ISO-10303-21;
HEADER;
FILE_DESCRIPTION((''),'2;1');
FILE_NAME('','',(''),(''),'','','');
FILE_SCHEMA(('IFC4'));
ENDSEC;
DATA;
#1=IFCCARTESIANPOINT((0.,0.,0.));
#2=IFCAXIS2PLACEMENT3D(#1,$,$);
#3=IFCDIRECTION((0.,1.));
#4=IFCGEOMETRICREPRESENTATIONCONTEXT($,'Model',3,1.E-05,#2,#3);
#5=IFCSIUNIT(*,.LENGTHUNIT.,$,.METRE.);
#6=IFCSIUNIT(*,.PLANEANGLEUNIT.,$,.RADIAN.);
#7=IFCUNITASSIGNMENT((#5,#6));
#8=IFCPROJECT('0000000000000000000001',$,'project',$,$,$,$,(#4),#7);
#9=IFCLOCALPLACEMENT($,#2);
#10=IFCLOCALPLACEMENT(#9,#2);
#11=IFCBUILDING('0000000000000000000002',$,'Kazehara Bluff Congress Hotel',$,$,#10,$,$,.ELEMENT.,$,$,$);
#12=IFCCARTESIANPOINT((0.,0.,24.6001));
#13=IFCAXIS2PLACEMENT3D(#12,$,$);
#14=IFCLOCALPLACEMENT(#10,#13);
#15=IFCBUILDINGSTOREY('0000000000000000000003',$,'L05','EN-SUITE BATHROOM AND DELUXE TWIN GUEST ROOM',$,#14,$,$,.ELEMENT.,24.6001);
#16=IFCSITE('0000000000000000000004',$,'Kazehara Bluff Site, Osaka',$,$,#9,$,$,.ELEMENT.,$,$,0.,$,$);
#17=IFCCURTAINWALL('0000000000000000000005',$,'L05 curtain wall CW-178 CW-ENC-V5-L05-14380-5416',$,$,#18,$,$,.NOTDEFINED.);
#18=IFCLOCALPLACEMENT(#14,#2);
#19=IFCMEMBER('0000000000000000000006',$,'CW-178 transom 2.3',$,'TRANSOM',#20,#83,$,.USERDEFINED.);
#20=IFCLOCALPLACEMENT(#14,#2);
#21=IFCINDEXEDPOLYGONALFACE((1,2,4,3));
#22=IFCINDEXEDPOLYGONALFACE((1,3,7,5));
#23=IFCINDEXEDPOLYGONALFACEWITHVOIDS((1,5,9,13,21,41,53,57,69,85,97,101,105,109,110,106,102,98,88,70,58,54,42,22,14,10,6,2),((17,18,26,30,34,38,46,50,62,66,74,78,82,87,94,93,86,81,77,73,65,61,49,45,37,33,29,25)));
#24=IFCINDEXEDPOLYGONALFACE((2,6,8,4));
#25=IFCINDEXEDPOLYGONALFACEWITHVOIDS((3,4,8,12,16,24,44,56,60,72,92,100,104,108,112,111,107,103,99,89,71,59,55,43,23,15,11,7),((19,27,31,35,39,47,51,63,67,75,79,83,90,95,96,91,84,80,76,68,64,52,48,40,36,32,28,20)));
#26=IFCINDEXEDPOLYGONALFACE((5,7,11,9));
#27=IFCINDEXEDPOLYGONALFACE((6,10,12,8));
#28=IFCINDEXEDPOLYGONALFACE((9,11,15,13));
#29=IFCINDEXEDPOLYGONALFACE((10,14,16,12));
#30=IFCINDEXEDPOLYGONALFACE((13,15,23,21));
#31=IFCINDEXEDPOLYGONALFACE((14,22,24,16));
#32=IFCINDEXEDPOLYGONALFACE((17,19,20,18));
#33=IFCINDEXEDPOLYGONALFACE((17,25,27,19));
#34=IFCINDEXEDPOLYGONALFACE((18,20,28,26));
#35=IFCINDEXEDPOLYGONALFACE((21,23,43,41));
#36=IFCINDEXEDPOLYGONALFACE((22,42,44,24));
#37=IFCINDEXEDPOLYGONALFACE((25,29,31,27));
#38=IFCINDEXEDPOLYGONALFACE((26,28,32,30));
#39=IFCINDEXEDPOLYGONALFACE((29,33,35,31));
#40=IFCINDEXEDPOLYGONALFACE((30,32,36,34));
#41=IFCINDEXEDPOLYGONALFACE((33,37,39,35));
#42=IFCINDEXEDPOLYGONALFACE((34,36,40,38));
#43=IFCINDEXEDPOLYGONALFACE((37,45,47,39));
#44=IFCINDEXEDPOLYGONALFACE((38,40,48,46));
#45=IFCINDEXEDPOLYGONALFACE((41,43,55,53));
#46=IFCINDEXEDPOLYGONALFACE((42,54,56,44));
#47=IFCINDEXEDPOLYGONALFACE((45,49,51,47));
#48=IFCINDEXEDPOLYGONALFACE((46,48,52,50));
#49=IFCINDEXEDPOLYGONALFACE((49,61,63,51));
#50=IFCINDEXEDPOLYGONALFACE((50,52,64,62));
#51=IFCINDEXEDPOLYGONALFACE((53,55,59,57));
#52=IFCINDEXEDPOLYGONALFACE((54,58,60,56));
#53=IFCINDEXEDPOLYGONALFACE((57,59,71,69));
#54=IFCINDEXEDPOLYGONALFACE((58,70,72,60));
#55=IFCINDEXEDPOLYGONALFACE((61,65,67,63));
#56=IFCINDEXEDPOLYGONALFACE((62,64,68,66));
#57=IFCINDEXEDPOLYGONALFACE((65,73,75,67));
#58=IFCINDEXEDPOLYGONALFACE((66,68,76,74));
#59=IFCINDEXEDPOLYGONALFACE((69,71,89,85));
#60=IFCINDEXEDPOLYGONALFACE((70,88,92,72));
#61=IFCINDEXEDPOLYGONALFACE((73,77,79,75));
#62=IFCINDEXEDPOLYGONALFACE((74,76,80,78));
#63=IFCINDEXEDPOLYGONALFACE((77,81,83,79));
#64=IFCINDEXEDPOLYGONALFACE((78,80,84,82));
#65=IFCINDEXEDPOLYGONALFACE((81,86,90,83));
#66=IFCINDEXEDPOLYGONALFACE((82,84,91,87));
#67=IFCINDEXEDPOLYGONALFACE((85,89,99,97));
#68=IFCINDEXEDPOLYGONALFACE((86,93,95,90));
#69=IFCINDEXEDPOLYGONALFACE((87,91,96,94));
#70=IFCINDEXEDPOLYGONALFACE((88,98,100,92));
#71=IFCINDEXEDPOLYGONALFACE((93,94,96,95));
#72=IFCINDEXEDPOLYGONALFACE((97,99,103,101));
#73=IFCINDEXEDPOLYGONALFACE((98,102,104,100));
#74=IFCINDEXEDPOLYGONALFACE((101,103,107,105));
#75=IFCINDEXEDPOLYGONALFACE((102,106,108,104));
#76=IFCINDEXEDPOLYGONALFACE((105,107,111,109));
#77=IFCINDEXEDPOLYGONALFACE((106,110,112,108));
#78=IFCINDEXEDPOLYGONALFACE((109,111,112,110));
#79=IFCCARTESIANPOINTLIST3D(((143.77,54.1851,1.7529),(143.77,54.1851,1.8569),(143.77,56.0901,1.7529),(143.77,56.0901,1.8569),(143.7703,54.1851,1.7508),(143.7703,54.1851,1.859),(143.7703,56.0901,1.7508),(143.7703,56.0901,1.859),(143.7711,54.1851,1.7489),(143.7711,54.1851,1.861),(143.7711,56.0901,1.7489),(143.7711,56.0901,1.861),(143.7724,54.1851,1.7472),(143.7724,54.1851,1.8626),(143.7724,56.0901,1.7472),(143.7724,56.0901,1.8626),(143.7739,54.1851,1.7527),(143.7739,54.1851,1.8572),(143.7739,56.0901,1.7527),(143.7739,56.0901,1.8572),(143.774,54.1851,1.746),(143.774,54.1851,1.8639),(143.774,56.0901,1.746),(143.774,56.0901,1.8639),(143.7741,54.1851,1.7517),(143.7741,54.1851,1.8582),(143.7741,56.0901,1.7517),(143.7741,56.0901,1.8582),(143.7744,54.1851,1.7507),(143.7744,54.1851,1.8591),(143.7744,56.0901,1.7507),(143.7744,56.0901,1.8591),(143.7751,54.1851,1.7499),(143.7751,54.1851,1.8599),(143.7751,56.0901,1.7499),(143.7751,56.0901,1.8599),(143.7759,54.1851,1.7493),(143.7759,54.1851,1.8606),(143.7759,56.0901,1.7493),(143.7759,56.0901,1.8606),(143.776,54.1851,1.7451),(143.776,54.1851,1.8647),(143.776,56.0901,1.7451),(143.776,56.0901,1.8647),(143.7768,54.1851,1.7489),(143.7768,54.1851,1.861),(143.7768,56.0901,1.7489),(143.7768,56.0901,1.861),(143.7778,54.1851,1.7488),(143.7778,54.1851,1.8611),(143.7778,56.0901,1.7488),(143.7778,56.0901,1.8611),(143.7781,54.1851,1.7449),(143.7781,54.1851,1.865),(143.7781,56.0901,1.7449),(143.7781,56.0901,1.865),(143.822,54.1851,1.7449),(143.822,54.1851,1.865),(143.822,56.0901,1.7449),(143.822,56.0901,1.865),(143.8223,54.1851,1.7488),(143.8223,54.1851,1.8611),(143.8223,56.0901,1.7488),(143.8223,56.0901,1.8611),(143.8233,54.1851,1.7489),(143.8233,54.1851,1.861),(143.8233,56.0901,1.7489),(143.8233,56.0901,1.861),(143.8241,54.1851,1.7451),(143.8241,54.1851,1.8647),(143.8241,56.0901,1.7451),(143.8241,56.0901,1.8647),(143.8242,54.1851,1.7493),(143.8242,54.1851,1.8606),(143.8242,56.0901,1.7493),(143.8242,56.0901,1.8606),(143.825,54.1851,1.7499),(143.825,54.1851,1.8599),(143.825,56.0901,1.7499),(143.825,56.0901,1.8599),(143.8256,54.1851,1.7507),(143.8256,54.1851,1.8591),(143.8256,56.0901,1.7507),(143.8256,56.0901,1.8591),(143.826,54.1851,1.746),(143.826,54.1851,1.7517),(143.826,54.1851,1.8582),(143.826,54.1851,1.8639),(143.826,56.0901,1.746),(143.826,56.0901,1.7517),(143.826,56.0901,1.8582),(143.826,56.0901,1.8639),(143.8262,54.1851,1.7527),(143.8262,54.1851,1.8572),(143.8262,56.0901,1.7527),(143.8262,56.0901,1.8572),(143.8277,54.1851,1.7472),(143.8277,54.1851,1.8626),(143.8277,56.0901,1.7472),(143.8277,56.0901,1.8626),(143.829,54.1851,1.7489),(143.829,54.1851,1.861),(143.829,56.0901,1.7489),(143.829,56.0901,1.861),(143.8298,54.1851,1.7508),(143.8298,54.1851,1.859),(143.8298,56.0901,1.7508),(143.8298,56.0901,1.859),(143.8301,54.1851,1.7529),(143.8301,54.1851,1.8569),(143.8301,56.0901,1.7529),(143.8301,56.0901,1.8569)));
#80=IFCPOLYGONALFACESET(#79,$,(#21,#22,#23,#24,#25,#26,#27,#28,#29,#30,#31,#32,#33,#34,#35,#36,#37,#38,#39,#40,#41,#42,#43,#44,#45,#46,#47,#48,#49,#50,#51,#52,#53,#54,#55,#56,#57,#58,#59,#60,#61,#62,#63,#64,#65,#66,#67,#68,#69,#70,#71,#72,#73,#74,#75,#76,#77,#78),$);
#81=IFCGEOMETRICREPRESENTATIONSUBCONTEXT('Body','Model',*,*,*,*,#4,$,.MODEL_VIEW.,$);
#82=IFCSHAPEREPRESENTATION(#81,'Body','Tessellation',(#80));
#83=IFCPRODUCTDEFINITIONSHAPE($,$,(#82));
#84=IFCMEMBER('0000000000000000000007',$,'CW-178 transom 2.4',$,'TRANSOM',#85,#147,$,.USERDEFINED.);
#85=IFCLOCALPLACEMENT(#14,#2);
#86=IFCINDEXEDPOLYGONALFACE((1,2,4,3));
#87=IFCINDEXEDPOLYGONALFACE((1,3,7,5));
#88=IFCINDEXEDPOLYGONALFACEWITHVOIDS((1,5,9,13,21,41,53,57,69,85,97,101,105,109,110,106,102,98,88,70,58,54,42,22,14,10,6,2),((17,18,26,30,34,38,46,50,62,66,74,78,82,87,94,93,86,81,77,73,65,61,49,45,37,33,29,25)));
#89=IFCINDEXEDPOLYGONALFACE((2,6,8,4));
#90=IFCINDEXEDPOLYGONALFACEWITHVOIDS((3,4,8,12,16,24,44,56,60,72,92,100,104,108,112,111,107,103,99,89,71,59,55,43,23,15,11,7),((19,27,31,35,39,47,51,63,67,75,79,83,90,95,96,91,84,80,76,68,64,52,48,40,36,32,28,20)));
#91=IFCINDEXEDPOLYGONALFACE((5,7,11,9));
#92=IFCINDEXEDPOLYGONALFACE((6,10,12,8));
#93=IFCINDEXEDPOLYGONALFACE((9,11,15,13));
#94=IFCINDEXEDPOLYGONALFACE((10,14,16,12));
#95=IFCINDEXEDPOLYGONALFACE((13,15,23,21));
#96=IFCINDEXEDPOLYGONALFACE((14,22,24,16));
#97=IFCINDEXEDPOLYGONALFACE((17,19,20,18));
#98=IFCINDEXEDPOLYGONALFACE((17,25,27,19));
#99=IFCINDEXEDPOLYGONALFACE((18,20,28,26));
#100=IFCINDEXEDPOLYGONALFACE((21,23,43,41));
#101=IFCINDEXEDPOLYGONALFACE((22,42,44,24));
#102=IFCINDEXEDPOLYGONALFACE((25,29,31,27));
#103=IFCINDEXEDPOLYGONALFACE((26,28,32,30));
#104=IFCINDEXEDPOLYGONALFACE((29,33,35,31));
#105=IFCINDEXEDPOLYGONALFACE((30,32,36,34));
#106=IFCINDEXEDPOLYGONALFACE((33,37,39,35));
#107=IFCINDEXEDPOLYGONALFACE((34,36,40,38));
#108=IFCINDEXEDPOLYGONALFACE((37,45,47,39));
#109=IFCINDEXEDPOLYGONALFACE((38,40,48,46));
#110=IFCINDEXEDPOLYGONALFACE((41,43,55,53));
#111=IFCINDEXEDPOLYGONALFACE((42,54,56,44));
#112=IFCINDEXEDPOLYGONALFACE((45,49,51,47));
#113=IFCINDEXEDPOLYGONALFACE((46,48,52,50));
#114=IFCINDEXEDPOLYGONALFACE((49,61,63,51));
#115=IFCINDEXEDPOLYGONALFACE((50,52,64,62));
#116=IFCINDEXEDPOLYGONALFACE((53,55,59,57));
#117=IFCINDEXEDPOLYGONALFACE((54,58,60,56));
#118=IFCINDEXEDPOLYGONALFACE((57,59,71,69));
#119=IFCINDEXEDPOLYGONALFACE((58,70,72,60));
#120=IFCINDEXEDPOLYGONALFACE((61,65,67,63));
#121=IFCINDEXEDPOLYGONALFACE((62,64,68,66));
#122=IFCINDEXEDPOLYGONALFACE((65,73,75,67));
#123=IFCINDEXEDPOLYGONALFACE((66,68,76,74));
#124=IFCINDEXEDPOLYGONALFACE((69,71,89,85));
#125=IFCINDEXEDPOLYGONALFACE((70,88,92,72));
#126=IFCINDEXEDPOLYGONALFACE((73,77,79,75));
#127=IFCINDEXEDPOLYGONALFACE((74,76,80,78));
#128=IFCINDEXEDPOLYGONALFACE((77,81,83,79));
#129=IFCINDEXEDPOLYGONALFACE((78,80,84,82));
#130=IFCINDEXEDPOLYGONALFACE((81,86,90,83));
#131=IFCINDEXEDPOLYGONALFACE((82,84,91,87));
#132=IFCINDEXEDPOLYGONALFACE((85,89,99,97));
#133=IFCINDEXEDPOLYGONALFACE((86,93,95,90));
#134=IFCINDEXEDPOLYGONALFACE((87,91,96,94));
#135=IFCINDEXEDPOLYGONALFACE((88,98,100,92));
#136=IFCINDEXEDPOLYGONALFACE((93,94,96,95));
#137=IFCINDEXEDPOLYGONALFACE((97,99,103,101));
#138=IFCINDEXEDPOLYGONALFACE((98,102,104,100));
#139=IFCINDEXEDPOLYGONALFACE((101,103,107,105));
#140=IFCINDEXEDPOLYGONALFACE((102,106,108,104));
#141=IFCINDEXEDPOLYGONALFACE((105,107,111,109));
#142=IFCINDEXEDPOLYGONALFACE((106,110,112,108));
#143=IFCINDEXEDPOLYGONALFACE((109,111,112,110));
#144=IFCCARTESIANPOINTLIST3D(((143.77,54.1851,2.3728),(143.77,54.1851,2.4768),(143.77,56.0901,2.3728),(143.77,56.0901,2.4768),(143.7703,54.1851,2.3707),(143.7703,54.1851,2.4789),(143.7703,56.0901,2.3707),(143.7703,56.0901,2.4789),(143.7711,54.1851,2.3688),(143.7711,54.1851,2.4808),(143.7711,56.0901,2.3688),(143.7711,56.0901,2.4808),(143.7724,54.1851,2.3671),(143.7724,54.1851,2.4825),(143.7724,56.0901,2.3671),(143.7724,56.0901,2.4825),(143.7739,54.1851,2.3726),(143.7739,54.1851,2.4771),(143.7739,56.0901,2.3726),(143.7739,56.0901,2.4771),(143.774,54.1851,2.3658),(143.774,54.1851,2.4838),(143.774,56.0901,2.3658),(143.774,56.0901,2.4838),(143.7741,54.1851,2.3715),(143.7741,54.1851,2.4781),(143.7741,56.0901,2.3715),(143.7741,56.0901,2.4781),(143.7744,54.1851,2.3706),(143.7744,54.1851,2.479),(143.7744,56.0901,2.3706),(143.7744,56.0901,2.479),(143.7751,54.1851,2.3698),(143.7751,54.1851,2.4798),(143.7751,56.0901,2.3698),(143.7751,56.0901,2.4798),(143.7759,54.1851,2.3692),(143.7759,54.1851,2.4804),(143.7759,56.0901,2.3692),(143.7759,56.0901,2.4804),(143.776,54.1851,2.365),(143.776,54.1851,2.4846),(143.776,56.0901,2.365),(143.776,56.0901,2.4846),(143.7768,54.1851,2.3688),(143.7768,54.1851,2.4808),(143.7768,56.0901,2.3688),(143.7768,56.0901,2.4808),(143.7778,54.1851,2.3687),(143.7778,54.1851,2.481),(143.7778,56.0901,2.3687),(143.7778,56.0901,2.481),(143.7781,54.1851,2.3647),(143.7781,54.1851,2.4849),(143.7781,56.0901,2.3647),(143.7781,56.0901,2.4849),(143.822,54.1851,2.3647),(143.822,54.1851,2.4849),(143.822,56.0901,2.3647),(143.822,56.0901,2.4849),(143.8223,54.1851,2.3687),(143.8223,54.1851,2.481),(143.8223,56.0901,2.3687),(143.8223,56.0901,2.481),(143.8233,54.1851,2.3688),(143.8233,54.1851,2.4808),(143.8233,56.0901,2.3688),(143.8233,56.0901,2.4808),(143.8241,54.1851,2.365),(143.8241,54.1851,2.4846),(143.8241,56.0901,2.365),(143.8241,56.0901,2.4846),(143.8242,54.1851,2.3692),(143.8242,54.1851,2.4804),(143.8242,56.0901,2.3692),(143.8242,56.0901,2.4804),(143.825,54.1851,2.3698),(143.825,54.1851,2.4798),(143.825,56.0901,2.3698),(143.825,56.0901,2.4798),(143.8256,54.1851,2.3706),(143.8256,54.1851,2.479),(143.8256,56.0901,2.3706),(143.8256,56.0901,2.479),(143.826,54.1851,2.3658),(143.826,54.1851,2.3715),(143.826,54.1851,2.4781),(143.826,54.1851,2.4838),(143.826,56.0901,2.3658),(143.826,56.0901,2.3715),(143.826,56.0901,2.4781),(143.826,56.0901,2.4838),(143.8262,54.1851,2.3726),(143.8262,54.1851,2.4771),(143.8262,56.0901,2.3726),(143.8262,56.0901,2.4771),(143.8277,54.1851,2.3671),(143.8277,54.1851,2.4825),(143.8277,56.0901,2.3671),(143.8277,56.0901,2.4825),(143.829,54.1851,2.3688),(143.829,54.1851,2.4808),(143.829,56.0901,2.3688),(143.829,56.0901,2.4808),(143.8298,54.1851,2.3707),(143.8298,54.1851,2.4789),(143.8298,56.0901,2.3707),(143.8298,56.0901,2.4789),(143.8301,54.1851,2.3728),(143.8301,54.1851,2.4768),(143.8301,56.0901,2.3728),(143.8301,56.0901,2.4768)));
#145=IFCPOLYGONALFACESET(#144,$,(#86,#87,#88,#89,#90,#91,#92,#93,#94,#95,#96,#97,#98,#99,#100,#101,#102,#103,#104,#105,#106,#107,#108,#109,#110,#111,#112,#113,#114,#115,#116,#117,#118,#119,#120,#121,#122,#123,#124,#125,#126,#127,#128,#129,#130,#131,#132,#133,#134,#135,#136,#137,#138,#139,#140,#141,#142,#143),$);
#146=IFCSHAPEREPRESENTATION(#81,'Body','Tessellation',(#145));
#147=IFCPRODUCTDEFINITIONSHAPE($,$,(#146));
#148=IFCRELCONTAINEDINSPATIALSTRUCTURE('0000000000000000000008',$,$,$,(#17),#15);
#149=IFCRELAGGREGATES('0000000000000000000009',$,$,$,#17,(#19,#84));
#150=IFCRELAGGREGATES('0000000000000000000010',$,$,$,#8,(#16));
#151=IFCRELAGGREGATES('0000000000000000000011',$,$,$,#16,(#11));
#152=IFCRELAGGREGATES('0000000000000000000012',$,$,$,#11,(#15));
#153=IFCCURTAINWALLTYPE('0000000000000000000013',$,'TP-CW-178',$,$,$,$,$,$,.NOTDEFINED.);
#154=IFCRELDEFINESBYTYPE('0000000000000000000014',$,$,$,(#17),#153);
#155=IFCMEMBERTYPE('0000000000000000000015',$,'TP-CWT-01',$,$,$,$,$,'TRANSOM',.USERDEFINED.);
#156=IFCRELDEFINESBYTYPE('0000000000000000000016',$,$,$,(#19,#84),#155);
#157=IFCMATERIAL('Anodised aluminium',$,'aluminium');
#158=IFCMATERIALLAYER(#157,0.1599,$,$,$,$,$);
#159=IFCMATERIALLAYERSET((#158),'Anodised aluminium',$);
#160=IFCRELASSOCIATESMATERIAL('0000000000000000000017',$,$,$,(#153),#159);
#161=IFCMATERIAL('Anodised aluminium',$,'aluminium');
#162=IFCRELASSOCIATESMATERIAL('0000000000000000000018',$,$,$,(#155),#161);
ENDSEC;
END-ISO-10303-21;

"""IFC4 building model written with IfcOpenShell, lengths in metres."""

from ifc_helpers import new_model, si_unit, direction, frame, origin, origin_2d, place, context, subcontext, project, spatial, hollow_rectangle, extrude, material, layer, layer_set, material_profile, profile_set, type_object, element, aggregate, save


model = new_model("IFC4")

# Units and contexts
model_context = context("Model", 3, precision=1e-05, world=origin(), true_north=direction((0.0, 1.0)))
body_context = subcontext(model_context, "Body", "Model", "MODEL_VIEW")
ifc_project = project(units=[si_unit("LENGTHUNIT", "METRE"), si_unit("PLANEANGLEUNIT", "RADIAN")], contexts=[model_context])

# Site, building, storey
site_placement = place(None, origin())
site = spatial("IfcSite", under=ifc_project, at=site_placement, Name="Kazehara Bluff Site, Osaka", CompositionType="ELEMENT", RefElevation=0.0)
building_placement = place(site_placement, origin())
building = spatial("IfcBuilding", under=site, at=building_placement, Name="Kazehara Bluff Congress Hotel", CompositionType="ELEMENT")
storey_placement = place(building_placement, frame((0.0, 0.0, 24.6001)))
storey = spatial("IfcBuildingStorey", under=building, at=storey_placement, Name="L05", Description="EN-SUITE BATHROOM AND DELUXE TWIN GUEST ROOM", CompositionType="ELEMENT", Elevation=24.6001)

# Curtain wall
ifc_material_1 = material(Name="Anodised aluminium", Category="aluminium")
ifc_layer_1 = layer(ifc_material_1, 0.1599)
ifc_layer_set_1 = layer_set([ifc_layer_1], Name="Anodised aluminium")
curtain_wall_type_1 = type_object("IfcCurtainWallType", Name="TP-CW-178", PredefinedType="NOTDEFINED", material=ifc_layer_set_1)
curtain_wall_1_placement = place(storey_placement, origin())
curtain_wall_1 = element("IfcCurtainWall", 1, at=curtain_wall_1_placement, inside=storey, type_object=curtain_wall_type_1, Name="L05 curtain wall CW-178 CW-ENC-V5-L05-14380-5416", PredefinedType="NOTDEFINED")

# Members
ifc_material_2 = material(Name="Anodised aluminium", Category="aluminium")
ifc_material_profile_1 = material_profile(ifc_material_2, hollow_rectangle(XDim=0.0601, YDim=0.1201, WallThickness=0.0039, InnerFilletRadius=0.0039, OuterFilletRadius=0.0081, at=origin_2d()))
ifc_profile_set_1 = profile_set([ifc_material_profile_1], Name="Anodised aluminium")
member_type_1 = type_object("IfcMemberType", Name="TP-CWT-01", ElementType="TRANSOM", PredefinedType="USERDEFINED", material=ifc_profile_set_1)
member_1_placement = place(storey_placement, frame((143.8, 54.1851, 1.8049), z_axis=(0.0, 1.0, 0.0), x_axis=(-1.0, 0.0, 0.0)))
member_1 = element("IfcMember", 2, at=member_1_placement, type_object=member_type_1, Name="CW-178 transom 2.3", ObjectType="TRANSOM", PredefinedType="USERDEFINED", context=body_context, shape_type="SweptSolid", body=[
    extrude(hollow_rectangle(XDim=0.0601, YDim=0.1201, WallThickness=0.0039, InnerFilletRadius=0.0039, OuterFilletRadius=0.0081, at=origin_2d()), origin(), (0.0, 0.0, 1.0), 1.905),
])
member_2_placement = place(storey_placement, frame((143.8, 54.1851, 2.4248), z_axis=(0.0, 1.0, 0.0), x_axis=(-1.0, 0.0, 0.0)))
member_2 = element("IfcMember", 3, at=member_2_placement, type_object=member_type_1, Name="CW-178 transom 2.4", ObjectType="TRANSOM", PredefinedType="USERDEFINED", context=body_context, shape_type="SweptSolid", body=[
    extrude(hollow_rectangle(XDim=0.0601, YDim=0.1201, WallThickness=0.0039, InnerFilletRadius=0.0039, OuterFilletRadius=0.0081, at=origin_2d()), origin(), (0.0, 0.0, 1.0), 1.905),
])

aggregate(curtain_wall_1, [member_1, member_2])

save(model, "model.ifc")
